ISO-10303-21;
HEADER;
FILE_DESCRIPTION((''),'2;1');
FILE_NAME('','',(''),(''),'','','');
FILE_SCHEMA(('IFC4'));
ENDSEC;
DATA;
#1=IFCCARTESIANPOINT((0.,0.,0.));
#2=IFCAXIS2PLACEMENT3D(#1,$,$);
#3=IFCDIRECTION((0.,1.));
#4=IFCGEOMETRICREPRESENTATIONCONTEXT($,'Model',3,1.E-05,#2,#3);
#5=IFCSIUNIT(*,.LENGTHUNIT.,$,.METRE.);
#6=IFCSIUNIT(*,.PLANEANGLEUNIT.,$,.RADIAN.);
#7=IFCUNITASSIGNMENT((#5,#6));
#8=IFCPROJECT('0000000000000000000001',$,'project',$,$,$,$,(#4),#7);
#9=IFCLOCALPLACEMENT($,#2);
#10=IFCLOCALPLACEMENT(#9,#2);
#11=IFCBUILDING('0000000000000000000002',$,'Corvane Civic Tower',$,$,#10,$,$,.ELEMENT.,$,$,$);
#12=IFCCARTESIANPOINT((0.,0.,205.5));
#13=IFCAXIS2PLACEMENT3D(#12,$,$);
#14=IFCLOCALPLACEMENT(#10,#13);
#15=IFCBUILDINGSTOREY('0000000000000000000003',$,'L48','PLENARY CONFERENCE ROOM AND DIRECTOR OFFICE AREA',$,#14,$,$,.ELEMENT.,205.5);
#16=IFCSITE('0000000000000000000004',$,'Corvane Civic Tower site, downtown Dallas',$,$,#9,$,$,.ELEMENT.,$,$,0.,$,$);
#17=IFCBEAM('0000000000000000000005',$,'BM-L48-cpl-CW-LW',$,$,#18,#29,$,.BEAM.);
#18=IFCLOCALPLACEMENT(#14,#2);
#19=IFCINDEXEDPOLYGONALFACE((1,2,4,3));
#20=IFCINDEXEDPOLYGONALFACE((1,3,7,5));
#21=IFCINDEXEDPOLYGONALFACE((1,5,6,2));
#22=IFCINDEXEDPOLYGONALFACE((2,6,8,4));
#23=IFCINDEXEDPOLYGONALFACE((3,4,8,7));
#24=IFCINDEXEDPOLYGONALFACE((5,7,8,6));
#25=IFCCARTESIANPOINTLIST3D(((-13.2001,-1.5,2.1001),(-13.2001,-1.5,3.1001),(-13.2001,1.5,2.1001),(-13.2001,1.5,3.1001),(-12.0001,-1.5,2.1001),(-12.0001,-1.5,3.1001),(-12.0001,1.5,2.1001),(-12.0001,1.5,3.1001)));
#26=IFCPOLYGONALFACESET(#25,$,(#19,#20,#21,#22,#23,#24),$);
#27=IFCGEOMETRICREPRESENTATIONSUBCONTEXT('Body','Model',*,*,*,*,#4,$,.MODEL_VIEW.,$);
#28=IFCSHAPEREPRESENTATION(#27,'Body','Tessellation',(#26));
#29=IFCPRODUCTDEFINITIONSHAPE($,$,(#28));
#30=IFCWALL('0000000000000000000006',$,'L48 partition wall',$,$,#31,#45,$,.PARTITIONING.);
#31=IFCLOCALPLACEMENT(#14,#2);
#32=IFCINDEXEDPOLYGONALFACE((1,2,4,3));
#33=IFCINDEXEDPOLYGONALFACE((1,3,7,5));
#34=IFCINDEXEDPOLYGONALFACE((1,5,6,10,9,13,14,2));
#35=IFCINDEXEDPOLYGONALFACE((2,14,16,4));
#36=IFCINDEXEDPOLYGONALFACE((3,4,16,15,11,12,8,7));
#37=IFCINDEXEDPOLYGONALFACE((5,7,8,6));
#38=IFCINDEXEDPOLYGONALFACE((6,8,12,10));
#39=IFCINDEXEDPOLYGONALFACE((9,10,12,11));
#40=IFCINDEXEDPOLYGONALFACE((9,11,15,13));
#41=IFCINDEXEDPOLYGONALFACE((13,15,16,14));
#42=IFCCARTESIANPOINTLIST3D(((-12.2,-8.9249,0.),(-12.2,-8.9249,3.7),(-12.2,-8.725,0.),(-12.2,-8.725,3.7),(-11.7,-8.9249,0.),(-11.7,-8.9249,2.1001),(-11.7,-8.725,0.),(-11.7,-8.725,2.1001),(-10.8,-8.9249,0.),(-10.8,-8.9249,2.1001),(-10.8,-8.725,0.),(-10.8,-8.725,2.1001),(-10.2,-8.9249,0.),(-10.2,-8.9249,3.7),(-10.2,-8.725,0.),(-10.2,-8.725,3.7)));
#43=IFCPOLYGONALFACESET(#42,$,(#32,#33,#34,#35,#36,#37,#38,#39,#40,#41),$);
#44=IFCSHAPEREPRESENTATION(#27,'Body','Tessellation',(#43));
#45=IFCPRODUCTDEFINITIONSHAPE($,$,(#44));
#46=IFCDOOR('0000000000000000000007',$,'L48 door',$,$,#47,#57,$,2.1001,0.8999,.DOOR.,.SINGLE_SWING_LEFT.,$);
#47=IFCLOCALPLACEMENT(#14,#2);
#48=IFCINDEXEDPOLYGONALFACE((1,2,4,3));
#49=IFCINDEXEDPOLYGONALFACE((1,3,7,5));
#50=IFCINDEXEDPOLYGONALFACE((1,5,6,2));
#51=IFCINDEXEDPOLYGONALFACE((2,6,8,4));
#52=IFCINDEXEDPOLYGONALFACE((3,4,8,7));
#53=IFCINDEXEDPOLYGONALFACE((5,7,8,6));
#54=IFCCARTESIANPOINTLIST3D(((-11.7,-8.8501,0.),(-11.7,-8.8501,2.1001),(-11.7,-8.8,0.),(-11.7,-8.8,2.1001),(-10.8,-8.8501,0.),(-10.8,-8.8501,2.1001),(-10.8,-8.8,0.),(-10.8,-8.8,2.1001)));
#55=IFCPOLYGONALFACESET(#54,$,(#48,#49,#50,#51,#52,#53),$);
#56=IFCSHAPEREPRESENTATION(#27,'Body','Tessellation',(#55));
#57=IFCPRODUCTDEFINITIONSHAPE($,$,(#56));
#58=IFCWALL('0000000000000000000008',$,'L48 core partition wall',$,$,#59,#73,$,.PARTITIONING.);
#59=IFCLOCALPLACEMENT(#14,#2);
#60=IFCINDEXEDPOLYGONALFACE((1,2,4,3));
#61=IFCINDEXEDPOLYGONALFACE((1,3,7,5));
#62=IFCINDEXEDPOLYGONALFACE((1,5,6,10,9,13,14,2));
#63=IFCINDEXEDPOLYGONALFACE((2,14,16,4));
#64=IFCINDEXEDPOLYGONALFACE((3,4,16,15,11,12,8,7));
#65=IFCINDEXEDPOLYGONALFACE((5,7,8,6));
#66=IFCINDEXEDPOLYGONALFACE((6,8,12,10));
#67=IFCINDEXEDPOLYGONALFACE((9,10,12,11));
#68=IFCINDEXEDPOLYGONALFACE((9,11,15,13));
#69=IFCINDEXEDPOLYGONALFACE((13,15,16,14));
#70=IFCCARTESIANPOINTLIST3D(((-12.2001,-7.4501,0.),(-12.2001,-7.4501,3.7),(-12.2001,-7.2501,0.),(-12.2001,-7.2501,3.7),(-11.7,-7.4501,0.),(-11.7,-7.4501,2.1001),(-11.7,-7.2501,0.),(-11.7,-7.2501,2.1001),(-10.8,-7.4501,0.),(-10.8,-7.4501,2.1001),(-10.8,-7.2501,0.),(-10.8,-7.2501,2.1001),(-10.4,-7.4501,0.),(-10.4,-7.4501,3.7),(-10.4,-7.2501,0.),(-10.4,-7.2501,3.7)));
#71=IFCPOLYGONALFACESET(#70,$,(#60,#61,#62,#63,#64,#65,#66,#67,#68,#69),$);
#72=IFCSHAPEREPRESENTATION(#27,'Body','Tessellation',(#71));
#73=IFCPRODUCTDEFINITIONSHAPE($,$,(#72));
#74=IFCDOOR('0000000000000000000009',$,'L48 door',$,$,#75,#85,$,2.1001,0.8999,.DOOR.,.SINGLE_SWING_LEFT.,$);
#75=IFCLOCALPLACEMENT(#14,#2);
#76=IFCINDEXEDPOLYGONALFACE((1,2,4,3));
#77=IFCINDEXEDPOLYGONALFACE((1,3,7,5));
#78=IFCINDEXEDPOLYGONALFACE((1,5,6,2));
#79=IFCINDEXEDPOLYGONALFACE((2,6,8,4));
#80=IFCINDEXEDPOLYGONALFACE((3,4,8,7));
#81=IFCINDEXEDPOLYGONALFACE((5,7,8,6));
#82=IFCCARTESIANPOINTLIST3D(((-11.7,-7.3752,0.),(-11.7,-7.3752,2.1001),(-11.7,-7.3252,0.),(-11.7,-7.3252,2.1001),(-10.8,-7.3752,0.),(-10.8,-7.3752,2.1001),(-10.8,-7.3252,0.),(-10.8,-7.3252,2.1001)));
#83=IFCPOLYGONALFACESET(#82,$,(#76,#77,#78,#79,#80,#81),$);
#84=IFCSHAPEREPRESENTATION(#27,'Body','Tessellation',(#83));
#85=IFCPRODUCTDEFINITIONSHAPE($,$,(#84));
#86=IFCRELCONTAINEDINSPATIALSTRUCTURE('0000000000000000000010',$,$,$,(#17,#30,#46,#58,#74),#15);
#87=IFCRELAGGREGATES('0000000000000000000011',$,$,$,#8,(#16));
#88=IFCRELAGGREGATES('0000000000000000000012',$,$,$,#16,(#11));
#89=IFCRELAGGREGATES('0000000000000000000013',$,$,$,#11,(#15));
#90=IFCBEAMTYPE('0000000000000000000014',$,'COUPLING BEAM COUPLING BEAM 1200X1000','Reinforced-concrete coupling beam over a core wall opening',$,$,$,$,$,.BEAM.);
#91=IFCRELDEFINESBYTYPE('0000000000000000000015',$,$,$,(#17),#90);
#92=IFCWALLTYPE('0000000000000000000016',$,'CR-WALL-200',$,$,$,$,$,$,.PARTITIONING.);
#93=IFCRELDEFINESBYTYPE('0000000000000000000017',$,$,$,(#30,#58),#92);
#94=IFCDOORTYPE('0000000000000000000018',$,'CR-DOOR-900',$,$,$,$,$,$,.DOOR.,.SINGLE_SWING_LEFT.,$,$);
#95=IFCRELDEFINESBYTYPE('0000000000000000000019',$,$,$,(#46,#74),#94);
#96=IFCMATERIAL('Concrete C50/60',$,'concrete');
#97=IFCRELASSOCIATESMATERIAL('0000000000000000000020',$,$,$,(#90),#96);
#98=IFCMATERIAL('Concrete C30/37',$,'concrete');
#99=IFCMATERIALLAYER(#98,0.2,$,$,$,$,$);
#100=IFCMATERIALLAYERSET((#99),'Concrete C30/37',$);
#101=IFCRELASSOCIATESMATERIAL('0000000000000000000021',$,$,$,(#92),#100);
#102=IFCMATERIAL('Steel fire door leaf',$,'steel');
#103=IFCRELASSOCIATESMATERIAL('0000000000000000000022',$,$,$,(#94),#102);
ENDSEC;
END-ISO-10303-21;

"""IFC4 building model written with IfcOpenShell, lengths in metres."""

from ifc_helpers import new_model, si_unit, direction, frame, frame_2d, origin, origin_2d, place, context, subcontext, project, spatial, rectangle, extrude, material, layer, layer_set, material_profile, profile_set, type_object, element, fill, save


model = new_model("IFC4")

# Units and contexts
model_context = context("Model", 3, precision=1e-05, world=origin(), true_north=direction((0.0, 1.0)))
body_context = subcontext(model_context, "Body", "Model", "MODEL_VIEW")
ifc_project = project(units=[si_unit("LENGTHUNIT", "METRE"), si_unit("PLANEANGLEUNIT", "RADIAN")], contexts=[model_context])

# Site, building, storey
site_placement = place(None, origin())
site = spatial("IfcSite", under=ifc_project, at=site_placement, Name="Corvane Civic Tower site, downtown Dallas", CompositionType="ELEMENT", RefElevation=0.0)
building_placement = place(site_placement, origin())
building = spatial("IfcBuilding", under=site, at=building_placement, Name="Corvane Civic Tower", CompositionType="ELEMENT")
storey_placement = place(building_placement, frame((0.0, 0.0, 205.5)))
storey = spatial("IfcBuildingStorey", under=building, at=storey_placement, Name="L48", Description="PLENARY CONFERENCE ROOM AND DIRECTOR OFFICE AREA", CompositionType="ELEMENT", Elevation=205.5)

# Beam
ifc_material_1 = material(Name="Concrete C50/60", Category="concrete")
ifc_material_profile = material_profile(ifc_material_1, rectangle(XDim=1.2, YDim=1.0, at=origin_2d()), Name="COUPLING BEAM 1200X1000")
ifc_profile_set = profile_set([ifc_material_profile], Name="Concrete C50/60")
beam_type = type_object("IfcBeamType", Name="COUPLING BEAM COUPLING BEAM 1200X1000", Description="Reinforced-concrete coupling beam over a core wall opening", PredefinedType="BEAM", material=ifc_profile_set)
beam_placement = place(storey_placement, frame((-12.6001, -1.5, 2.6001), z_axis=(0.0, 1.0, 0.0), x_axis=(-1.0, 0.0, 0.0)))
element("IfcBeam", 1, at=beam_placement, inside=storey, type_object=beam_type, Name="BM-L48-cpl-CW-LW", PredefinedType="BEAM", context=body_context, shape_type="SweptSolid", body=[
    extrude(rectangle(XDim=1.2, YDim=1.0, at=origin_2d()), origin(), (0.0, 0.0, 1.0), 3.0),
])

# Walls, openings, doors
ifc_material_2 = material(Name="Concrete C30/37", Category="concrete")
ifc_layer_1 = layer(ifc_material_2, 0.2)
ifc_layer_set_1 = layer_set([ifc_layer_1], Name="Concrete C30/37")
wall_type_1 = type_object("IfcWallType", Name="CR-WALL-200", PredefinedType="PARTITIONING", material=ifc_layer_set_1)
wall_1_placement = place(storey_placement, frame((-12.2, -8.825, 0.0), z_axis=(0.0, 0.0, 1.0), x_axis=(1.0, 0.0, 0.0)))
wall_1 = element("IfcWall", 2, at=wall_1_placement, inside=storey, type_object=wall_type_1, Name="L48 partition wall", PredefinedType="PARTITIONING", context=body_context, shape_type="SweptSolid", body=[
    extrude(rectangle(XDim=2.0, YDim=0.2, at=frame_2d((1.0, 0.0))), origin(), (0.0, 0.0, 1.0), 3.7),
])
opening_1_placement = place(wall_1_placement, frame((0.5, 0.0, 0.0)))
opening_1 = element("IfcOpeningElement", 3, at=opening_1_placement, cuts=wall_1, PredefinedType="OPENING", context=body_context, shape_type="SweptSolid", body=[
    extrude(rectangle(XDim=0.8999, YDim=2.1001, at=frame_2d((0.45, 1.05))), frame((0.0, 0.1099, 0.0), z_axis=(0.0, -1.0, 0.0), x_axis=(1.0, 0.0, 0.0)), (0.0, 0.0, 1.0), 0.22),
])
ifc_material_3 = material(Name="Steel fire door leaf", Category="steel")
door_type_1 = type_object("IfcDoorType", Name="CR-DOOR-900", OperationType="SINGLE_SWING_LEFT", PredefinedType="DOOR", material=ifc_material_3)
door_1_placement = place(opening_1_placement, origin())
door_1 = element("IfcDoor", 4, at=door_1_placement, inside=storey, type_object=door_type_1, Name="L48 door", OperationType="SINGLE_SWING_LEFT", OverallHeight=2.1001, OverallWidth=0.8999, PredefinedType="DOOR", context=body_context, shape_type="SweptSolid", body=[
    extrude(rectangle(XDim=0.8999, YDim=2.1001, at=frame_2d((0.45, 1.05))), frame((0.0, 0.0249, 0.0), z_axis=(0.0, -1.0, 0.0), x_axis=(1.0, 0.0, 0.0)), (0.0, 0.0, 1.0), 0.05),
])
fill(opening_1, door_1)
wall_2_placement = place(storey_placement, frame((-12.2, -7.3501, 0.0), z_axis=(0.0, 0.0, 1.0), x_axis=(1.0, 0.0, 0.0)))
wall_2 = element("IfcWall", 5, at=wall_2_placement, inside=storey, type_object=wall_type_1, Name="L48 core partition wall", PredefinedType="PARTITIONING", context=body_context, shape_type="SweptSolid", body=[
    extrude(rectangle(XDim=1.8, YDim=0.2, at=frame_2d((0.8999, 0.0))), origin(), (0.0, 0.0, 1.0), 3.7),
])
opening_2_placement = place(wall_2_placement, frame((0.5, 0.0, 0.0)))
opening_2 = element("IfcOpeningElement", 6, at=opening_2_placement, cuts=wall_2, PredefinedType="OPENING", context=body_context, shape_type="SweptSolid", body=[
    extrude(rectangle(XDim=0.8999, YDim=2.1001, at=frame_2d((0.45, 1.05))), frame((0.0, 0.1099, 0.0), z_axis=(0.0, -1.0, 0.0), x_axis=(1.0, 0.0, 0.0)), (0.0, 0.0, 1.0), 0.22),
])
door_2_placement = place(opening_2_placement, origin())
door_2 = element("IfcDoor", 7, at=door_2_placement, inside=storey, type_object=door_type_1, Name="L48 door", OperationType="SINGLE_SWING_LEFT", OverallHeight=2.1001, OverallWidth=0.8999, PredefinedType="DOOR", context=body_context, shape_type="SweptSolid", body=[
    extrude(rectangle(XDim=0.8999, YDim=2.1001, at=frame_2d((0.45, 1.05))), frame((0.0, 0.0249, 0.0), z_axis=(0.0, -1.0, 0.0), x_axis=(1.0, 0.0, 0.0)), (0.0, 0.0, 1.0), 0.05),
])
fill(opening_2, door_2)

save(model, "model.ifc")
